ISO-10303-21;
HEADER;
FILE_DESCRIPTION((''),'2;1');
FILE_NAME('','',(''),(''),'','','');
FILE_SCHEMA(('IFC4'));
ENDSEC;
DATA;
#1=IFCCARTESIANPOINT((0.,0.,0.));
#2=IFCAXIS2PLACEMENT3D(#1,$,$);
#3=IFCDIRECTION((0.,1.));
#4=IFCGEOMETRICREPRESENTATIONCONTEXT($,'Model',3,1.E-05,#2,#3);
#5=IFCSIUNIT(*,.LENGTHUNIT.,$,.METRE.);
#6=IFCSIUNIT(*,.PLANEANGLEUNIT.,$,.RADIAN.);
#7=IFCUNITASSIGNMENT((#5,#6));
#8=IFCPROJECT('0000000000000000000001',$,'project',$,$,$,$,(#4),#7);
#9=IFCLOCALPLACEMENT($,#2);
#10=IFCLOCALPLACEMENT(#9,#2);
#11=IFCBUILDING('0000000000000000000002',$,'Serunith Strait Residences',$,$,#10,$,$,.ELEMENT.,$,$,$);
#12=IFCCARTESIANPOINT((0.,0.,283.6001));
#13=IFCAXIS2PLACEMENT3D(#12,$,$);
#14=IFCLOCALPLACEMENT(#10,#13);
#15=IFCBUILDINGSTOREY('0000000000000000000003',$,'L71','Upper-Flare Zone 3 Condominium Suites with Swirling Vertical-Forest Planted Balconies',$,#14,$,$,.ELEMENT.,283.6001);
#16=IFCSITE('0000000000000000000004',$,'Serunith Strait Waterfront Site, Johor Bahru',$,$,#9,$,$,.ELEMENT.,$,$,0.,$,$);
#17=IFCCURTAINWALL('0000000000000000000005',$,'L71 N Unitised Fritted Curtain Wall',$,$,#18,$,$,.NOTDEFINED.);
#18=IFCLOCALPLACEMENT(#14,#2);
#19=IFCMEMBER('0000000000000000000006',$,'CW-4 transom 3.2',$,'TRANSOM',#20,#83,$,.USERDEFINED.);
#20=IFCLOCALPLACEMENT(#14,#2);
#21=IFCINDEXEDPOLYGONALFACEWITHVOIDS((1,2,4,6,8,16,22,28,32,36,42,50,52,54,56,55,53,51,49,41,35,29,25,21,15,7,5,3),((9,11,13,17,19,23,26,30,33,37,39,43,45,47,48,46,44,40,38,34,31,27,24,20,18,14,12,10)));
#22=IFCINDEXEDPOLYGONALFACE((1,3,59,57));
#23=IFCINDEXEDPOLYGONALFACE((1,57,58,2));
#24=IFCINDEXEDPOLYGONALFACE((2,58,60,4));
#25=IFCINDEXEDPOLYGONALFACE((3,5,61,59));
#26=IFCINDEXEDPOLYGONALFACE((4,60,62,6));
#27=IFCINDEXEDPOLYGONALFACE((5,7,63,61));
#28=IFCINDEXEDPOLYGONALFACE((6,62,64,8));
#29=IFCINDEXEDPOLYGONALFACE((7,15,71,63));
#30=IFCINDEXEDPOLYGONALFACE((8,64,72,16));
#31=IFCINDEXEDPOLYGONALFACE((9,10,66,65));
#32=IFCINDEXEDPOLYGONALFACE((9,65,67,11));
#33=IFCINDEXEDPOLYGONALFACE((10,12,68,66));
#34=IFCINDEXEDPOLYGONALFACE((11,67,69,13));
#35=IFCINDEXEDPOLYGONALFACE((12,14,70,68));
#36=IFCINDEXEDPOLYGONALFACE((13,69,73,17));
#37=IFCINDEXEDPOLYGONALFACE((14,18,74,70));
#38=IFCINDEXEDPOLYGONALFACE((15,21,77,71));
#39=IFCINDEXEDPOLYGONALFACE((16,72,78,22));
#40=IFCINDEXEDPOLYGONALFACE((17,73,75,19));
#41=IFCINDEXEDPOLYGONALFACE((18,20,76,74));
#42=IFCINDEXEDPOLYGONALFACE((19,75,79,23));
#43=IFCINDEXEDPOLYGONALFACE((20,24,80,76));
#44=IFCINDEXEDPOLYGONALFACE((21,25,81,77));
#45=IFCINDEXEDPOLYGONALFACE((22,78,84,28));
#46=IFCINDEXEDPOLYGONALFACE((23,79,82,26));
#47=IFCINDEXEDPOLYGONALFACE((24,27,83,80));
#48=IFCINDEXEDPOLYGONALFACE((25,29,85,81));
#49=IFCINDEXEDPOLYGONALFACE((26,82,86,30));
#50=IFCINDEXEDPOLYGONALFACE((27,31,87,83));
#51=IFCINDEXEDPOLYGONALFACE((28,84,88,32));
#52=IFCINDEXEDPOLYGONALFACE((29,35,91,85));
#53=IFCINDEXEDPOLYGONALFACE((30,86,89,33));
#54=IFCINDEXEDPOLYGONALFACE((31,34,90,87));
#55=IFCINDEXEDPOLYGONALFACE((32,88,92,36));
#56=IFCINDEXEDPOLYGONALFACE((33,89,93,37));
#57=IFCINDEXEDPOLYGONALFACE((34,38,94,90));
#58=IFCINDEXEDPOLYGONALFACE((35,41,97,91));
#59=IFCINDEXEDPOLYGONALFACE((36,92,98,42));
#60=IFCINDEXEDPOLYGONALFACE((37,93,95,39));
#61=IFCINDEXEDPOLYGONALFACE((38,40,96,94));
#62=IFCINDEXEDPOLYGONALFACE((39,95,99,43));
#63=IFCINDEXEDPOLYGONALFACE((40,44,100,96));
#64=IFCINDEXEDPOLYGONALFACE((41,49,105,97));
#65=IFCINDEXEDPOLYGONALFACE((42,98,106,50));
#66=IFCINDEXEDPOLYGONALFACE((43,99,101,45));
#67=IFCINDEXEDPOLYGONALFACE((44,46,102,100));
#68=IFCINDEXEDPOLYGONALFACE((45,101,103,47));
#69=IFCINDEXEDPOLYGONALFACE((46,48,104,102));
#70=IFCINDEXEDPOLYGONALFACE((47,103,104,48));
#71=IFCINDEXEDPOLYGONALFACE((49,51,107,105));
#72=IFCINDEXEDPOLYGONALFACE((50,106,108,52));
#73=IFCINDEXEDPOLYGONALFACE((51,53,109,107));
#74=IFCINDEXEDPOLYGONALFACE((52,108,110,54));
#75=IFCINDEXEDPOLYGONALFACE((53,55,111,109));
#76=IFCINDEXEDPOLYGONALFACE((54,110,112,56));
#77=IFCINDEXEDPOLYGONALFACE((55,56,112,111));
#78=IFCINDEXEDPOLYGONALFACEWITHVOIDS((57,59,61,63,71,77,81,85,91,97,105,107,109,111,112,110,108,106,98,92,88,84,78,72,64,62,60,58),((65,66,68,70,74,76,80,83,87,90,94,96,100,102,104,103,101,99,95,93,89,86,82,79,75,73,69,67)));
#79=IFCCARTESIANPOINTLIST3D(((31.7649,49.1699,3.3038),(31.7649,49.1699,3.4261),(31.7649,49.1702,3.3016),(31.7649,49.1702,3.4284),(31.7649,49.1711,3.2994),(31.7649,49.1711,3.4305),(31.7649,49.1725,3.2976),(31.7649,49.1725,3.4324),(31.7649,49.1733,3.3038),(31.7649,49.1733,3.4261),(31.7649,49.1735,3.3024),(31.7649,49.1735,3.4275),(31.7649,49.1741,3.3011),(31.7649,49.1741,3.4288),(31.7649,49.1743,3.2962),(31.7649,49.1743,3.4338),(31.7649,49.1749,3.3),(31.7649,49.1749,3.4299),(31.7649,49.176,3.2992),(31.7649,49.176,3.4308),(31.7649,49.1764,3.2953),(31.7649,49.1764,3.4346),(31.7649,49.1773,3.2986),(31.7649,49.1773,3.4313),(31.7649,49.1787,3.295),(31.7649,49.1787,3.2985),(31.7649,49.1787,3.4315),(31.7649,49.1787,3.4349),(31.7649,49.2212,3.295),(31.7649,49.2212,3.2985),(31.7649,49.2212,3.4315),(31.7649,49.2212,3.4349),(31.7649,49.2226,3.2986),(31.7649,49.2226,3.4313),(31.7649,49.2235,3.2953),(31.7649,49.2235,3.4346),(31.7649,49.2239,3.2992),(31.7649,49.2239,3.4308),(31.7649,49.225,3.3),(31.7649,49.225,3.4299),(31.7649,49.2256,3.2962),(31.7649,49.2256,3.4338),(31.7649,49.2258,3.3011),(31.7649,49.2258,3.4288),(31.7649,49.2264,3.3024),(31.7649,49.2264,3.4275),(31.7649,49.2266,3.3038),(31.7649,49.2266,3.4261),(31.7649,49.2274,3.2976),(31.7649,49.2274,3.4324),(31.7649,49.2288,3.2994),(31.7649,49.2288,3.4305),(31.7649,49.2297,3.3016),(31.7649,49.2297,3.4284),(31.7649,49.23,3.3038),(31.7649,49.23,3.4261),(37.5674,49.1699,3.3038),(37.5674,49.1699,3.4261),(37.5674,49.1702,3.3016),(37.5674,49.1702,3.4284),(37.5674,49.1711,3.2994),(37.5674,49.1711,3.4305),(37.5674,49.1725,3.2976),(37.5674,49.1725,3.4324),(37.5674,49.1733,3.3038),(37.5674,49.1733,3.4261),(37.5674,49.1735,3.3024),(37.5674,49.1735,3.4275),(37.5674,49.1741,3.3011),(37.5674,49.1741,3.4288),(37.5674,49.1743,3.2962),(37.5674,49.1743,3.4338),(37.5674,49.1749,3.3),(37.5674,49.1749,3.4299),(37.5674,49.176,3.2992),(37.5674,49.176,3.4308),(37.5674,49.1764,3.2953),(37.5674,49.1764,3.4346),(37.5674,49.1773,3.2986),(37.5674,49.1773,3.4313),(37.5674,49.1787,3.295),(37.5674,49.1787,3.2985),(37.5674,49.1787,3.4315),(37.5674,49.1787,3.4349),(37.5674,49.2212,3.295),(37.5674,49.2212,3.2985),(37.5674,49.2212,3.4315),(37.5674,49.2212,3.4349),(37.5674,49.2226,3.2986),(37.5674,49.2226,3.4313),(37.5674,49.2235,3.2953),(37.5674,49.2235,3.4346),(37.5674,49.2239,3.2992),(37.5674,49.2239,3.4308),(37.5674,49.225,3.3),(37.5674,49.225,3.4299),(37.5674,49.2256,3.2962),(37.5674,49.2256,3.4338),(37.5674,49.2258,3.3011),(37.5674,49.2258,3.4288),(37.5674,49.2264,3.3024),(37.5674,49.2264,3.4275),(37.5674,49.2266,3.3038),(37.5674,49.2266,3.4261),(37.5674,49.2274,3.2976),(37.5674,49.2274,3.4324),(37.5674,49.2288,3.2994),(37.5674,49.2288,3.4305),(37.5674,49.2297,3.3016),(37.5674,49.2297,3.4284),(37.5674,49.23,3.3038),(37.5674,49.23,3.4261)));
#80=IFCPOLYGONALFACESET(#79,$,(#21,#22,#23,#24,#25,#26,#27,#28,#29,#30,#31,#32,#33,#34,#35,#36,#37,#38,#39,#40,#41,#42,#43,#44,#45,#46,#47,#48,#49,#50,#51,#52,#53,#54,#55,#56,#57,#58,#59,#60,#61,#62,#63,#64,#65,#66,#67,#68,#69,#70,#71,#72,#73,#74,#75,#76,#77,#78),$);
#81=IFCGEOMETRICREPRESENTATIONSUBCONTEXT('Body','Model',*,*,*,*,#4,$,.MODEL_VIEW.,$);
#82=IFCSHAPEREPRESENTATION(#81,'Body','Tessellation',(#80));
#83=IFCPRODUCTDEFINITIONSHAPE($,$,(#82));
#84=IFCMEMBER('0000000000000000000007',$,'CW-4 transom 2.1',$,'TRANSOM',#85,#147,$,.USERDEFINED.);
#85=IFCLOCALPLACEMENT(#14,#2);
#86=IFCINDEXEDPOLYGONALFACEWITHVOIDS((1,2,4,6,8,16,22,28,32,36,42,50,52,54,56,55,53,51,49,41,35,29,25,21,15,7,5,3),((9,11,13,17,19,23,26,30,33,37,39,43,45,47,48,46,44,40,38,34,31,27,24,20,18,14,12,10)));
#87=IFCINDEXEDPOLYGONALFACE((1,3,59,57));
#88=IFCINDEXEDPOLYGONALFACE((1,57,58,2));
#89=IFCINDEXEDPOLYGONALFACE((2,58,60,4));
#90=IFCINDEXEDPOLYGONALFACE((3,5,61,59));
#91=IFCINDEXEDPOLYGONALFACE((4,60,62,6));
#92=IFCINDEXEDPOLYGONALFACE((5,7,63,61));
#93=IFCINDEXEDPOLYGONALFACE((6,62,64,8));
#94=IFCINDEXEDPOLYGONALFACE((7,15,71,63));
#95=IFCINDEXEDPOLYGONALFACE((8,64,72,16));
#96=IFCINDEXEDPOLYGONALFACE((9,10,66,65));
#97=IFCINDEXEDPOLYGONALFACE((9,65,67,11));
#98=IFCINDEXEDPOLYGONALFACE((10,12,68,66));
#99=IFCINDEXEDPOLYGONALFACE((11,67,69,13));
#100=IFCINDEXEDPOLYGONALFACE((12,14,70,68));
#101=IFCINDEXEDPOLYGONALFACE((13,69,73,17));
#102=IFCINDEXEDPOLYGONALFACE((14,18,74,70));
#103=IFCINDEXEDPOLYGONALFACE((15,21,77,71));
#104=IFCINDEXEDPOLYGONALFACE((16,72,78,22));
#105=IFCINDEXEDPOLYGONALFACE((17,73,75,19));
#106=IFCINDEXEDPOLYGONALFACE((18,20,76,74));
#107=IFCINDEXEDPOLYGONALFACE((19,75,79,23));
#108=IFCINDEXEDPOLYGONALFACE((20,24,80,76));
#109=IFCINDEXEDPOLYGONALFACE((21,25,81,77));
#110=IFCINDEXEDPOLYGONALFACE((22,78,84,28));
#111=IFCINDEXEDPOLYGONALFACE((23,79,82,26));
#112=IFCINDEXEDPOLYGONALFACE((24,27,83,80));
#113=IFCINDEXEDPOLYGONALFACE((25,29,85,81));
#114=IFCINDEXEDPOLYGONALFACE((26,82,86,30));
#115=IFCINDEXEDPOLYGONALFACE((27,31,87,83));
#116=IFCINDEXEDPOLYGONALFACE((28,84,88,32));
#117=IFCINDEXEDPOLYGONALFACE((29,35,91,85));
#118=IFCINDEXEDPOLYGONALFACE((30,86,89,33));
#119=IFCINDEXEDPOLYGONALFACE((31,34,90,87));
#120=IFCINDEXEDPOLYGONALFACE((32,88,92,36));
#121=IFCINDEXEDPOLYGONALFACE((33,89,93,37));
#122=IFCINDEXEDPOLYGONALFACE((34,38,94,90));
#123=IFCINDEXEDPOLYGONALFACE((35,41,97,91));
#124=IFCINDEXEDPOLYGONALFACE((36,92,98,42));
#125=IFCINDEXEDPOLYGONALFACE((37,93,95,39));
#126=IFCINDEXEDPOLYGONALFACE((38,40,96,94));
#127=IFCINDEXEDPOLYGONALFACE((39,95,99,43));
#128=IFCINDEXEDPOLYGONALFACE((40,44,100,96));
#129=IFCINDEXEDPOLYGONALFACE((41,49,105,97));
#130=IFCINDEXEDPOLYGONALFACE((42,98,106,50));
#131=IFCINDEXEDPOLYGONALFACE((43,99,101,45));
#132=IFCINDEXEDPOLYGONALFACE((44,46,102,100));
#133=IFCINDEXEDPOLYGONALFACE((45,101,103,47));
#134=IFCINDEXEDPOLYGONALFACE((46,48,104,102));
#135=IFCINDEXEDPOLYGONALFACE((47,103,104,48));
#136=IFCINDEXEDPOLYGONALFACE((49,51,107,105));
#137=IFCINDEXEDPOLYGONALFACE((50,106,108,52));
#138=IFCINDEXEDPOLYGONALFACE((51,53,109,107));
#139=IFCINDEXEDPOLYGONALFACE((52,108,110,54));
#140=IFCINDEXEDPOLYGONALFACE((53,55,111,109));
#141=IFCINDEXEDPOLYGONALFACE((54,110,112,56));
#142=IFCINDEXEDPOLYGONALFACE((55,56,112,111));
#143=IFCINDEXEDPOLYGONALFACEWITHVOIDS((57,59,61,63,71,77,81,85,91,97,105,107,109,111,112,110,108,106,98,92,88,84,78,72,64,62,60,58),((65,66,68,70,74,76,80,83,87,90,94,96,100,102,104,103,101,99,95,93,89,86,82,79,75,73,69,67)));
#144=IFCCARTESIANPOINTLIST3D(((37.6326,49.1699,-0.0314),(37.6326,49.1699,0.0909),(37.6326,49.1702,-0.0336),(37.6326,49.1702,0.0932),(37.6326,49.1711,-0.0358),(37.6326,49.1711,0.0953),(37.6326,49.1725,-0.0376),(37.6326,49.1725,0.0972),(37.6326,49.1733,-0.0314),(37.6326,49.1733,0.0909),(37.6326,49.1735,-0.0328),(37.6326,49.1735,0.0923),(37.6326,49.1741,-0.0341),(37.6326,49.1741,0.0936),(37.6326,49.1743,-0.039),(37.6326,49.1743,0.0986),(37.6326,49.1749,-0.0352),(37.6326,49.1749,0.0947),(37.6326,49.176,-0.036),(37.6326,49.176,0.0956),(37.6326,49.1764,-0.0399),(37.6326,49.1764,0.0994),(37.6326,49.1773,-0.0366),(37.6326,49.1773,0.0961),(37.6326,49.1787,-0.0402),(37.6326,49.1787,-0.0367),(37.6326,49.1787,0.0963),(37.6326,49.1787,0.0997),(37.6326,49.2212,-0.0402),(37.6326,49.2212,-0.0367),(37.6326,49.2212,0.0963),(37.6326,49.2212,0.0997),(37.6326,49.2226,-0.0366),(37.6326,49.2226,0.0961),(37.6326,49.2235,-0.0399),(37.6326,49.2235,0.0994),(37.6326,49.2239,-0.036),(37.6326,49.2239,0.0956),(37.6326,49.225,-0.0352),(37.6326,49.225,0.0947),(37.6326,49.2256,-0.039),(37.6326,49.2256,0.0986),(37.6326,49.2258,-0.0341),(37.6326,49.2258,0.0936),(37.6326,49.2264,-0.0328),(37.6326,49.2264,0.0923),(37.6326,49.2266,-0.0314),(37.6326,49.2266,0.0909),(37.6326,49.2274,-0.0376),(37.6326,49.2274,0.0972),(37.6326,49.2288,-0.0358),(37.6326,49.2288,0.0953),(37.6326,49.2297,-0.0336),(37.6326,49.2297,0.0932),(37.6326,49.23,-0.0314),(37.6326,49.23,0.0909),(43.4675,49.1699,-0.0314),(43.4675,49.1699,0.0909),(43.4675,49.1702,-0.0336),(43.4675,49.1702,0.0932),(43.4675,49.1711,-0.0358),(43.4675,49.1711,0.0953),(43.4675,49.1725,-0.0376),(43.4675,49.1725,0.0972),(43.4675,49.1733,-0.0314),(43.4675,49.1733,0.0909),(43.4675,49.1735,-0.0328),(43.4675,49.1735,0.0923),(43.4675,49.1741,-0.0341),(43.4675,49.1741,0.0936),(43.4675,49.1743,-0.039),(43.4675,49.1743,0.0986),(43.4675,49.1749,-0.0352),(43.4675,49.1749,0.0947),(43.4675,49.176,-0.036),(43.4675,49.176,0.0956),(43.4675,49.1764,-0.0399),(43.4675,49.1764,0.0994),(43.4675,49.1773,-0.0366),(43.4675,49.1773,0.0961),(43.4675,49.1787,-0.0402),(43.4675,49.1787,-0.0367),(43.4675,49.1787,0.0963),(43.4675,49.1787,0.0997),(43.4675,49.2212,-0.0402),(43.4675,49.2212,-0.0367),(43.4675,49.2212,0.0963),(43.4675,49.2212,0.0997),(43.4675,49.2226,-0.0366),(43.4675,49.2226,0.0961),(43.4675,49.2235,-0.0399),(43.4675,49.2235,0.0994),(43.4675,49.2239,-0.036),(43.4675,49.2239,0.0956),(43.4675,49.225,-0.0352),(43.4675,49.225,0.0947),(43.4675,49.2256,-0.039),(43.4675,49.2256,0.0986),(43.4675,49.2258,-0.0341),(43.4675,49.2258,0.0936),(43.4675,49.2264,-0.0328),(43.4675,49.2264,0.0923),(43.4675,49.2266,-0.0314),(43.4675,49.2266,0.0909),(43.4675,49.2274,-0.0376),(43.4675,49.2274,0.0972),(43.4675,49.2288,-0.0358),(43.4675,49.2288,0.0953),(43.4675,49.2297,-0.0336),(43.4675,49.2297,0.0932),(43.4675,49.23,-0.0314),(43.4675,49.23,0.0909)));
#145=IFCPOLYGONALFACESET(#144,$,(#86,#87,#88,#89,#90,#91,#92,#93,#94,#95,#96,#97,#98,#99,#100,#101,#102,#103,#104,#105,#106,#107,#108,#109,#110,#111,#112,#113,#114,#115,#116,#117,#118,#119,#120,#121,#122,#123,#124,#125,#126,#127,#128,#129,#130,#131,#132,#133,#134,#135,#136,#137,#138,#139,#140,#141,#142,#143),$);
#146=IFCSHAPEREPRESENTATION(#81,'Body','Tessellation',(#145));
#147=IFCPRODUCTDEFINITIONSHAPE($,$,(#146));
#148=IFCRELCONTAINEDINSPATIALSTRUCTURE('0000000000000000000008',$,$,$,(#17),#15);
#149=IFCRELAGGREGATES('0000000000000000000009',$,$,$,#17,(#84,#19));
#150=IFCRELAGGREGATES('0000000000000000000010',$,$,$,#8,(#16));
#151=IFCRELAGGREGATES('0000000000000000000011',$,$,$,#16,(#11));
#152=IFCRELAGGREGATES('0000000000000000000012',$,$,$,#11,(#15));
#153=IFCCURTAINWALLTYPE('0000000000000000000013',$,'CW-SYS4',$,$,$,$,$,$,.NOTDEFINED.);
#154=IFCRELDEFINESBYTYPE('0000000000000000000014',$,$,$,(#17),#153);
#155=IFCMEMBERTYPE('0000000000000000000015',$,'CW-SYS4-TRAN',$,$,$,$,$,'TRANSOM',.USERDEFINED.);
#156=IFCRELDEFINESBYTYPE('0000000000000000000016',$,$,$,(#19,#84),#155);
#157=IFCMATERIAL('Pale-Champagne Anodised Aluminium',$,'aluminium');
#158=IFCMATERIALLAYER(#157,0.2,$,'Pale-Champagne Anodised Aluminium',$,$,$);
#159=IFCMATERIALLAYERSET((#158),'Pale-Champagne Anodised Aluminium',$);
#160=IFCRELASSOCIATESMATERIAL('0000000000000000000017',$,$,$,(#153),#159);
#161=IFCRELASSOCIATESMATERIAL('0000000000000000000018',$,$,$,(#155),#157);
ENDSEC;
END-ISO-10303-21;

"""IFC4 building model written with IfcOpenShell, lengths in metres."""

from ifc_helpers import new_model, si_unit, direction, frame, origin, origin_2d, place, context, subcontext, project, spatial, hollow_rectangle, extrude, source, transform, mapped, material, layer, layer_set, material_profile, profile_set, type_object, element, aggregate, save


model = new_model("IFC4")

# Units and contexts
model_context = context("Model", 3, precision=1e-05, world=origin(), true_north=direction((0.0, 1.0)))
body_context = subcontext(model_context, "Body", "Model", "MODEL_VIEW")
ifc_project = project(units=[si_unit("LENGTHUNIT", "METRE"), si_unit("PLANEANGLEUNIT", "RADIAN")], contexts=[model_context])

# Site, building, storey
site_placement = place(None, origin())
site = spatial("IfcSite", under=ifc_project, at=site_placement, Name="Serunith Strait Waterfront Site, Johor Bahru", CompositionType="ELEMENT", RefElevation=0.0)
building_placement = place(site_placement, origin())
building = spatial("IfcBuilding", under=site, at=building_placement, Name="Serunith Strait Residences", CompositionType="ELEMENT")
storey_placement = place(building_placement, frame((0.0, 0.0, 283.6001)))
storey = spatial("IfcBuildingStorey", under=building, at=storey_placement, Name="L71", Description="Upper-Flare Zone 3 Condominium Suites with Swirling Vertical-Forest Planted Balconies", CompositionType="ELEMENT", Elevation=283.6001)

# Curtain wall, members
ifc_material_1 = material(Name="Pale-Champagne Anodised Aluminium", Category="aluminium")
ifc_layer_1 = layer(ifc_material_1, 0.2, Name="Pale-Champagne Anodised Aluminium")
ifc_layer_set_1 = layer_set([ifc_layer_1], Name="Pale-Champagne Anodised Aluminium")
curtain_wall_type = type_object("IfcCurtainWallType", Name="CW-SYS4", PredefinedType="NOTDEFINED", material=ifc_layer_set_1)
curtain_wall_placement = place(storey_placement, origin())
curtain_wall = element("IfcCurtainWall", 1, at=curtain_wall_placement, inside=storey, type_object=curtain_wall_type, Name="L71 N Unitised Fritted Curtain Wall", PredefinedType="NOTDEFINED")
ifc_material_profile_1 = material_profile(ifc_material_1, hollow_rectangle(XDim=0.0601, YDim=0.1399, WallThickness=0.0034, InnerFilletRadius=0.0054, OuterFilletRadius=0.0088, at=origin_2d()), Name="ALU 140x60x3.5")
ifc_profile_set_1 = profile_set([ifc_material_profile_1], Name="Pale-Champagne Anodised Aluminium")
member_type_1 = type_object("IfcMemberType", Name="CW-SYS4-TRAN", ElementType="TRANSOM", PredefinedType="USERDEFINED", material=ifc_profile_set_1)
shared_shape_1 = source(origin(), body_context, "Body", "SweptSolid", [
    extrude(hollow_rectangle(XDim=0.0601, YDim=0.1399, WallThickness=0.0034, InnerFilletRadius=0.0054, OuterFilletRadius=0.0088, at=origin_2d()), origin(), (0.0, 0.0, 1.0), 5.8025),
])
member_1_placement = place(storey_placement, frame((37.5674, 49.2, 3.365), z_axis=(-1.0, 0.0, 0.0), x_axis=(0.0, -1.0, 0.0)))
member_1 = element("IfcMember", 2, at=member_1_placement, type_object=member_type_1, Name="CW-4 transom 3.2", ObjectType="TRANSOM", PredefinedType="USERDEFINED", context=body_context, shape_type="MappedRepresentation", body=[
    mapped(shared_shape_1, transform((0.0, 0.0, 0.0), scale=1.0)),
])
shared_shape_2 = source(origin(), body_context, "Body", "SweptSolid", [
    extrude(hollow_rectangle(XDim=0.0601, YDim=0.1399, WallThickness=0.0034, InnerFilletRadius=0.0054, OuterFilletRadius=0.0088, at=origin_2d()), origin(), (0.0, 0.0, 1.0), 5.835),
])
member_2_placement = place(storey_placement, frame((43.4675, 49.2, 0.0298), z_axis=(-1.0, 0.0, 0.0), x_axis=(0.0, -1.0, 0.0)))
member_2 = element("IfcMember", 3, at=member_2_placement, type_object=member_type_1, Name="CW-4 transom 2.1", ObjectType="TRANSOM", PredefinedType="USERDEFINED", context=body_context, shape_type="MappedRepresentation", body=[
    mapped(shared_shape_2, transform((0.0, 0.0, 0.0), scale=1.0)),
])
aggregate(curtain_wall, [member_2, member_1])

save(model, "model.ifc")
